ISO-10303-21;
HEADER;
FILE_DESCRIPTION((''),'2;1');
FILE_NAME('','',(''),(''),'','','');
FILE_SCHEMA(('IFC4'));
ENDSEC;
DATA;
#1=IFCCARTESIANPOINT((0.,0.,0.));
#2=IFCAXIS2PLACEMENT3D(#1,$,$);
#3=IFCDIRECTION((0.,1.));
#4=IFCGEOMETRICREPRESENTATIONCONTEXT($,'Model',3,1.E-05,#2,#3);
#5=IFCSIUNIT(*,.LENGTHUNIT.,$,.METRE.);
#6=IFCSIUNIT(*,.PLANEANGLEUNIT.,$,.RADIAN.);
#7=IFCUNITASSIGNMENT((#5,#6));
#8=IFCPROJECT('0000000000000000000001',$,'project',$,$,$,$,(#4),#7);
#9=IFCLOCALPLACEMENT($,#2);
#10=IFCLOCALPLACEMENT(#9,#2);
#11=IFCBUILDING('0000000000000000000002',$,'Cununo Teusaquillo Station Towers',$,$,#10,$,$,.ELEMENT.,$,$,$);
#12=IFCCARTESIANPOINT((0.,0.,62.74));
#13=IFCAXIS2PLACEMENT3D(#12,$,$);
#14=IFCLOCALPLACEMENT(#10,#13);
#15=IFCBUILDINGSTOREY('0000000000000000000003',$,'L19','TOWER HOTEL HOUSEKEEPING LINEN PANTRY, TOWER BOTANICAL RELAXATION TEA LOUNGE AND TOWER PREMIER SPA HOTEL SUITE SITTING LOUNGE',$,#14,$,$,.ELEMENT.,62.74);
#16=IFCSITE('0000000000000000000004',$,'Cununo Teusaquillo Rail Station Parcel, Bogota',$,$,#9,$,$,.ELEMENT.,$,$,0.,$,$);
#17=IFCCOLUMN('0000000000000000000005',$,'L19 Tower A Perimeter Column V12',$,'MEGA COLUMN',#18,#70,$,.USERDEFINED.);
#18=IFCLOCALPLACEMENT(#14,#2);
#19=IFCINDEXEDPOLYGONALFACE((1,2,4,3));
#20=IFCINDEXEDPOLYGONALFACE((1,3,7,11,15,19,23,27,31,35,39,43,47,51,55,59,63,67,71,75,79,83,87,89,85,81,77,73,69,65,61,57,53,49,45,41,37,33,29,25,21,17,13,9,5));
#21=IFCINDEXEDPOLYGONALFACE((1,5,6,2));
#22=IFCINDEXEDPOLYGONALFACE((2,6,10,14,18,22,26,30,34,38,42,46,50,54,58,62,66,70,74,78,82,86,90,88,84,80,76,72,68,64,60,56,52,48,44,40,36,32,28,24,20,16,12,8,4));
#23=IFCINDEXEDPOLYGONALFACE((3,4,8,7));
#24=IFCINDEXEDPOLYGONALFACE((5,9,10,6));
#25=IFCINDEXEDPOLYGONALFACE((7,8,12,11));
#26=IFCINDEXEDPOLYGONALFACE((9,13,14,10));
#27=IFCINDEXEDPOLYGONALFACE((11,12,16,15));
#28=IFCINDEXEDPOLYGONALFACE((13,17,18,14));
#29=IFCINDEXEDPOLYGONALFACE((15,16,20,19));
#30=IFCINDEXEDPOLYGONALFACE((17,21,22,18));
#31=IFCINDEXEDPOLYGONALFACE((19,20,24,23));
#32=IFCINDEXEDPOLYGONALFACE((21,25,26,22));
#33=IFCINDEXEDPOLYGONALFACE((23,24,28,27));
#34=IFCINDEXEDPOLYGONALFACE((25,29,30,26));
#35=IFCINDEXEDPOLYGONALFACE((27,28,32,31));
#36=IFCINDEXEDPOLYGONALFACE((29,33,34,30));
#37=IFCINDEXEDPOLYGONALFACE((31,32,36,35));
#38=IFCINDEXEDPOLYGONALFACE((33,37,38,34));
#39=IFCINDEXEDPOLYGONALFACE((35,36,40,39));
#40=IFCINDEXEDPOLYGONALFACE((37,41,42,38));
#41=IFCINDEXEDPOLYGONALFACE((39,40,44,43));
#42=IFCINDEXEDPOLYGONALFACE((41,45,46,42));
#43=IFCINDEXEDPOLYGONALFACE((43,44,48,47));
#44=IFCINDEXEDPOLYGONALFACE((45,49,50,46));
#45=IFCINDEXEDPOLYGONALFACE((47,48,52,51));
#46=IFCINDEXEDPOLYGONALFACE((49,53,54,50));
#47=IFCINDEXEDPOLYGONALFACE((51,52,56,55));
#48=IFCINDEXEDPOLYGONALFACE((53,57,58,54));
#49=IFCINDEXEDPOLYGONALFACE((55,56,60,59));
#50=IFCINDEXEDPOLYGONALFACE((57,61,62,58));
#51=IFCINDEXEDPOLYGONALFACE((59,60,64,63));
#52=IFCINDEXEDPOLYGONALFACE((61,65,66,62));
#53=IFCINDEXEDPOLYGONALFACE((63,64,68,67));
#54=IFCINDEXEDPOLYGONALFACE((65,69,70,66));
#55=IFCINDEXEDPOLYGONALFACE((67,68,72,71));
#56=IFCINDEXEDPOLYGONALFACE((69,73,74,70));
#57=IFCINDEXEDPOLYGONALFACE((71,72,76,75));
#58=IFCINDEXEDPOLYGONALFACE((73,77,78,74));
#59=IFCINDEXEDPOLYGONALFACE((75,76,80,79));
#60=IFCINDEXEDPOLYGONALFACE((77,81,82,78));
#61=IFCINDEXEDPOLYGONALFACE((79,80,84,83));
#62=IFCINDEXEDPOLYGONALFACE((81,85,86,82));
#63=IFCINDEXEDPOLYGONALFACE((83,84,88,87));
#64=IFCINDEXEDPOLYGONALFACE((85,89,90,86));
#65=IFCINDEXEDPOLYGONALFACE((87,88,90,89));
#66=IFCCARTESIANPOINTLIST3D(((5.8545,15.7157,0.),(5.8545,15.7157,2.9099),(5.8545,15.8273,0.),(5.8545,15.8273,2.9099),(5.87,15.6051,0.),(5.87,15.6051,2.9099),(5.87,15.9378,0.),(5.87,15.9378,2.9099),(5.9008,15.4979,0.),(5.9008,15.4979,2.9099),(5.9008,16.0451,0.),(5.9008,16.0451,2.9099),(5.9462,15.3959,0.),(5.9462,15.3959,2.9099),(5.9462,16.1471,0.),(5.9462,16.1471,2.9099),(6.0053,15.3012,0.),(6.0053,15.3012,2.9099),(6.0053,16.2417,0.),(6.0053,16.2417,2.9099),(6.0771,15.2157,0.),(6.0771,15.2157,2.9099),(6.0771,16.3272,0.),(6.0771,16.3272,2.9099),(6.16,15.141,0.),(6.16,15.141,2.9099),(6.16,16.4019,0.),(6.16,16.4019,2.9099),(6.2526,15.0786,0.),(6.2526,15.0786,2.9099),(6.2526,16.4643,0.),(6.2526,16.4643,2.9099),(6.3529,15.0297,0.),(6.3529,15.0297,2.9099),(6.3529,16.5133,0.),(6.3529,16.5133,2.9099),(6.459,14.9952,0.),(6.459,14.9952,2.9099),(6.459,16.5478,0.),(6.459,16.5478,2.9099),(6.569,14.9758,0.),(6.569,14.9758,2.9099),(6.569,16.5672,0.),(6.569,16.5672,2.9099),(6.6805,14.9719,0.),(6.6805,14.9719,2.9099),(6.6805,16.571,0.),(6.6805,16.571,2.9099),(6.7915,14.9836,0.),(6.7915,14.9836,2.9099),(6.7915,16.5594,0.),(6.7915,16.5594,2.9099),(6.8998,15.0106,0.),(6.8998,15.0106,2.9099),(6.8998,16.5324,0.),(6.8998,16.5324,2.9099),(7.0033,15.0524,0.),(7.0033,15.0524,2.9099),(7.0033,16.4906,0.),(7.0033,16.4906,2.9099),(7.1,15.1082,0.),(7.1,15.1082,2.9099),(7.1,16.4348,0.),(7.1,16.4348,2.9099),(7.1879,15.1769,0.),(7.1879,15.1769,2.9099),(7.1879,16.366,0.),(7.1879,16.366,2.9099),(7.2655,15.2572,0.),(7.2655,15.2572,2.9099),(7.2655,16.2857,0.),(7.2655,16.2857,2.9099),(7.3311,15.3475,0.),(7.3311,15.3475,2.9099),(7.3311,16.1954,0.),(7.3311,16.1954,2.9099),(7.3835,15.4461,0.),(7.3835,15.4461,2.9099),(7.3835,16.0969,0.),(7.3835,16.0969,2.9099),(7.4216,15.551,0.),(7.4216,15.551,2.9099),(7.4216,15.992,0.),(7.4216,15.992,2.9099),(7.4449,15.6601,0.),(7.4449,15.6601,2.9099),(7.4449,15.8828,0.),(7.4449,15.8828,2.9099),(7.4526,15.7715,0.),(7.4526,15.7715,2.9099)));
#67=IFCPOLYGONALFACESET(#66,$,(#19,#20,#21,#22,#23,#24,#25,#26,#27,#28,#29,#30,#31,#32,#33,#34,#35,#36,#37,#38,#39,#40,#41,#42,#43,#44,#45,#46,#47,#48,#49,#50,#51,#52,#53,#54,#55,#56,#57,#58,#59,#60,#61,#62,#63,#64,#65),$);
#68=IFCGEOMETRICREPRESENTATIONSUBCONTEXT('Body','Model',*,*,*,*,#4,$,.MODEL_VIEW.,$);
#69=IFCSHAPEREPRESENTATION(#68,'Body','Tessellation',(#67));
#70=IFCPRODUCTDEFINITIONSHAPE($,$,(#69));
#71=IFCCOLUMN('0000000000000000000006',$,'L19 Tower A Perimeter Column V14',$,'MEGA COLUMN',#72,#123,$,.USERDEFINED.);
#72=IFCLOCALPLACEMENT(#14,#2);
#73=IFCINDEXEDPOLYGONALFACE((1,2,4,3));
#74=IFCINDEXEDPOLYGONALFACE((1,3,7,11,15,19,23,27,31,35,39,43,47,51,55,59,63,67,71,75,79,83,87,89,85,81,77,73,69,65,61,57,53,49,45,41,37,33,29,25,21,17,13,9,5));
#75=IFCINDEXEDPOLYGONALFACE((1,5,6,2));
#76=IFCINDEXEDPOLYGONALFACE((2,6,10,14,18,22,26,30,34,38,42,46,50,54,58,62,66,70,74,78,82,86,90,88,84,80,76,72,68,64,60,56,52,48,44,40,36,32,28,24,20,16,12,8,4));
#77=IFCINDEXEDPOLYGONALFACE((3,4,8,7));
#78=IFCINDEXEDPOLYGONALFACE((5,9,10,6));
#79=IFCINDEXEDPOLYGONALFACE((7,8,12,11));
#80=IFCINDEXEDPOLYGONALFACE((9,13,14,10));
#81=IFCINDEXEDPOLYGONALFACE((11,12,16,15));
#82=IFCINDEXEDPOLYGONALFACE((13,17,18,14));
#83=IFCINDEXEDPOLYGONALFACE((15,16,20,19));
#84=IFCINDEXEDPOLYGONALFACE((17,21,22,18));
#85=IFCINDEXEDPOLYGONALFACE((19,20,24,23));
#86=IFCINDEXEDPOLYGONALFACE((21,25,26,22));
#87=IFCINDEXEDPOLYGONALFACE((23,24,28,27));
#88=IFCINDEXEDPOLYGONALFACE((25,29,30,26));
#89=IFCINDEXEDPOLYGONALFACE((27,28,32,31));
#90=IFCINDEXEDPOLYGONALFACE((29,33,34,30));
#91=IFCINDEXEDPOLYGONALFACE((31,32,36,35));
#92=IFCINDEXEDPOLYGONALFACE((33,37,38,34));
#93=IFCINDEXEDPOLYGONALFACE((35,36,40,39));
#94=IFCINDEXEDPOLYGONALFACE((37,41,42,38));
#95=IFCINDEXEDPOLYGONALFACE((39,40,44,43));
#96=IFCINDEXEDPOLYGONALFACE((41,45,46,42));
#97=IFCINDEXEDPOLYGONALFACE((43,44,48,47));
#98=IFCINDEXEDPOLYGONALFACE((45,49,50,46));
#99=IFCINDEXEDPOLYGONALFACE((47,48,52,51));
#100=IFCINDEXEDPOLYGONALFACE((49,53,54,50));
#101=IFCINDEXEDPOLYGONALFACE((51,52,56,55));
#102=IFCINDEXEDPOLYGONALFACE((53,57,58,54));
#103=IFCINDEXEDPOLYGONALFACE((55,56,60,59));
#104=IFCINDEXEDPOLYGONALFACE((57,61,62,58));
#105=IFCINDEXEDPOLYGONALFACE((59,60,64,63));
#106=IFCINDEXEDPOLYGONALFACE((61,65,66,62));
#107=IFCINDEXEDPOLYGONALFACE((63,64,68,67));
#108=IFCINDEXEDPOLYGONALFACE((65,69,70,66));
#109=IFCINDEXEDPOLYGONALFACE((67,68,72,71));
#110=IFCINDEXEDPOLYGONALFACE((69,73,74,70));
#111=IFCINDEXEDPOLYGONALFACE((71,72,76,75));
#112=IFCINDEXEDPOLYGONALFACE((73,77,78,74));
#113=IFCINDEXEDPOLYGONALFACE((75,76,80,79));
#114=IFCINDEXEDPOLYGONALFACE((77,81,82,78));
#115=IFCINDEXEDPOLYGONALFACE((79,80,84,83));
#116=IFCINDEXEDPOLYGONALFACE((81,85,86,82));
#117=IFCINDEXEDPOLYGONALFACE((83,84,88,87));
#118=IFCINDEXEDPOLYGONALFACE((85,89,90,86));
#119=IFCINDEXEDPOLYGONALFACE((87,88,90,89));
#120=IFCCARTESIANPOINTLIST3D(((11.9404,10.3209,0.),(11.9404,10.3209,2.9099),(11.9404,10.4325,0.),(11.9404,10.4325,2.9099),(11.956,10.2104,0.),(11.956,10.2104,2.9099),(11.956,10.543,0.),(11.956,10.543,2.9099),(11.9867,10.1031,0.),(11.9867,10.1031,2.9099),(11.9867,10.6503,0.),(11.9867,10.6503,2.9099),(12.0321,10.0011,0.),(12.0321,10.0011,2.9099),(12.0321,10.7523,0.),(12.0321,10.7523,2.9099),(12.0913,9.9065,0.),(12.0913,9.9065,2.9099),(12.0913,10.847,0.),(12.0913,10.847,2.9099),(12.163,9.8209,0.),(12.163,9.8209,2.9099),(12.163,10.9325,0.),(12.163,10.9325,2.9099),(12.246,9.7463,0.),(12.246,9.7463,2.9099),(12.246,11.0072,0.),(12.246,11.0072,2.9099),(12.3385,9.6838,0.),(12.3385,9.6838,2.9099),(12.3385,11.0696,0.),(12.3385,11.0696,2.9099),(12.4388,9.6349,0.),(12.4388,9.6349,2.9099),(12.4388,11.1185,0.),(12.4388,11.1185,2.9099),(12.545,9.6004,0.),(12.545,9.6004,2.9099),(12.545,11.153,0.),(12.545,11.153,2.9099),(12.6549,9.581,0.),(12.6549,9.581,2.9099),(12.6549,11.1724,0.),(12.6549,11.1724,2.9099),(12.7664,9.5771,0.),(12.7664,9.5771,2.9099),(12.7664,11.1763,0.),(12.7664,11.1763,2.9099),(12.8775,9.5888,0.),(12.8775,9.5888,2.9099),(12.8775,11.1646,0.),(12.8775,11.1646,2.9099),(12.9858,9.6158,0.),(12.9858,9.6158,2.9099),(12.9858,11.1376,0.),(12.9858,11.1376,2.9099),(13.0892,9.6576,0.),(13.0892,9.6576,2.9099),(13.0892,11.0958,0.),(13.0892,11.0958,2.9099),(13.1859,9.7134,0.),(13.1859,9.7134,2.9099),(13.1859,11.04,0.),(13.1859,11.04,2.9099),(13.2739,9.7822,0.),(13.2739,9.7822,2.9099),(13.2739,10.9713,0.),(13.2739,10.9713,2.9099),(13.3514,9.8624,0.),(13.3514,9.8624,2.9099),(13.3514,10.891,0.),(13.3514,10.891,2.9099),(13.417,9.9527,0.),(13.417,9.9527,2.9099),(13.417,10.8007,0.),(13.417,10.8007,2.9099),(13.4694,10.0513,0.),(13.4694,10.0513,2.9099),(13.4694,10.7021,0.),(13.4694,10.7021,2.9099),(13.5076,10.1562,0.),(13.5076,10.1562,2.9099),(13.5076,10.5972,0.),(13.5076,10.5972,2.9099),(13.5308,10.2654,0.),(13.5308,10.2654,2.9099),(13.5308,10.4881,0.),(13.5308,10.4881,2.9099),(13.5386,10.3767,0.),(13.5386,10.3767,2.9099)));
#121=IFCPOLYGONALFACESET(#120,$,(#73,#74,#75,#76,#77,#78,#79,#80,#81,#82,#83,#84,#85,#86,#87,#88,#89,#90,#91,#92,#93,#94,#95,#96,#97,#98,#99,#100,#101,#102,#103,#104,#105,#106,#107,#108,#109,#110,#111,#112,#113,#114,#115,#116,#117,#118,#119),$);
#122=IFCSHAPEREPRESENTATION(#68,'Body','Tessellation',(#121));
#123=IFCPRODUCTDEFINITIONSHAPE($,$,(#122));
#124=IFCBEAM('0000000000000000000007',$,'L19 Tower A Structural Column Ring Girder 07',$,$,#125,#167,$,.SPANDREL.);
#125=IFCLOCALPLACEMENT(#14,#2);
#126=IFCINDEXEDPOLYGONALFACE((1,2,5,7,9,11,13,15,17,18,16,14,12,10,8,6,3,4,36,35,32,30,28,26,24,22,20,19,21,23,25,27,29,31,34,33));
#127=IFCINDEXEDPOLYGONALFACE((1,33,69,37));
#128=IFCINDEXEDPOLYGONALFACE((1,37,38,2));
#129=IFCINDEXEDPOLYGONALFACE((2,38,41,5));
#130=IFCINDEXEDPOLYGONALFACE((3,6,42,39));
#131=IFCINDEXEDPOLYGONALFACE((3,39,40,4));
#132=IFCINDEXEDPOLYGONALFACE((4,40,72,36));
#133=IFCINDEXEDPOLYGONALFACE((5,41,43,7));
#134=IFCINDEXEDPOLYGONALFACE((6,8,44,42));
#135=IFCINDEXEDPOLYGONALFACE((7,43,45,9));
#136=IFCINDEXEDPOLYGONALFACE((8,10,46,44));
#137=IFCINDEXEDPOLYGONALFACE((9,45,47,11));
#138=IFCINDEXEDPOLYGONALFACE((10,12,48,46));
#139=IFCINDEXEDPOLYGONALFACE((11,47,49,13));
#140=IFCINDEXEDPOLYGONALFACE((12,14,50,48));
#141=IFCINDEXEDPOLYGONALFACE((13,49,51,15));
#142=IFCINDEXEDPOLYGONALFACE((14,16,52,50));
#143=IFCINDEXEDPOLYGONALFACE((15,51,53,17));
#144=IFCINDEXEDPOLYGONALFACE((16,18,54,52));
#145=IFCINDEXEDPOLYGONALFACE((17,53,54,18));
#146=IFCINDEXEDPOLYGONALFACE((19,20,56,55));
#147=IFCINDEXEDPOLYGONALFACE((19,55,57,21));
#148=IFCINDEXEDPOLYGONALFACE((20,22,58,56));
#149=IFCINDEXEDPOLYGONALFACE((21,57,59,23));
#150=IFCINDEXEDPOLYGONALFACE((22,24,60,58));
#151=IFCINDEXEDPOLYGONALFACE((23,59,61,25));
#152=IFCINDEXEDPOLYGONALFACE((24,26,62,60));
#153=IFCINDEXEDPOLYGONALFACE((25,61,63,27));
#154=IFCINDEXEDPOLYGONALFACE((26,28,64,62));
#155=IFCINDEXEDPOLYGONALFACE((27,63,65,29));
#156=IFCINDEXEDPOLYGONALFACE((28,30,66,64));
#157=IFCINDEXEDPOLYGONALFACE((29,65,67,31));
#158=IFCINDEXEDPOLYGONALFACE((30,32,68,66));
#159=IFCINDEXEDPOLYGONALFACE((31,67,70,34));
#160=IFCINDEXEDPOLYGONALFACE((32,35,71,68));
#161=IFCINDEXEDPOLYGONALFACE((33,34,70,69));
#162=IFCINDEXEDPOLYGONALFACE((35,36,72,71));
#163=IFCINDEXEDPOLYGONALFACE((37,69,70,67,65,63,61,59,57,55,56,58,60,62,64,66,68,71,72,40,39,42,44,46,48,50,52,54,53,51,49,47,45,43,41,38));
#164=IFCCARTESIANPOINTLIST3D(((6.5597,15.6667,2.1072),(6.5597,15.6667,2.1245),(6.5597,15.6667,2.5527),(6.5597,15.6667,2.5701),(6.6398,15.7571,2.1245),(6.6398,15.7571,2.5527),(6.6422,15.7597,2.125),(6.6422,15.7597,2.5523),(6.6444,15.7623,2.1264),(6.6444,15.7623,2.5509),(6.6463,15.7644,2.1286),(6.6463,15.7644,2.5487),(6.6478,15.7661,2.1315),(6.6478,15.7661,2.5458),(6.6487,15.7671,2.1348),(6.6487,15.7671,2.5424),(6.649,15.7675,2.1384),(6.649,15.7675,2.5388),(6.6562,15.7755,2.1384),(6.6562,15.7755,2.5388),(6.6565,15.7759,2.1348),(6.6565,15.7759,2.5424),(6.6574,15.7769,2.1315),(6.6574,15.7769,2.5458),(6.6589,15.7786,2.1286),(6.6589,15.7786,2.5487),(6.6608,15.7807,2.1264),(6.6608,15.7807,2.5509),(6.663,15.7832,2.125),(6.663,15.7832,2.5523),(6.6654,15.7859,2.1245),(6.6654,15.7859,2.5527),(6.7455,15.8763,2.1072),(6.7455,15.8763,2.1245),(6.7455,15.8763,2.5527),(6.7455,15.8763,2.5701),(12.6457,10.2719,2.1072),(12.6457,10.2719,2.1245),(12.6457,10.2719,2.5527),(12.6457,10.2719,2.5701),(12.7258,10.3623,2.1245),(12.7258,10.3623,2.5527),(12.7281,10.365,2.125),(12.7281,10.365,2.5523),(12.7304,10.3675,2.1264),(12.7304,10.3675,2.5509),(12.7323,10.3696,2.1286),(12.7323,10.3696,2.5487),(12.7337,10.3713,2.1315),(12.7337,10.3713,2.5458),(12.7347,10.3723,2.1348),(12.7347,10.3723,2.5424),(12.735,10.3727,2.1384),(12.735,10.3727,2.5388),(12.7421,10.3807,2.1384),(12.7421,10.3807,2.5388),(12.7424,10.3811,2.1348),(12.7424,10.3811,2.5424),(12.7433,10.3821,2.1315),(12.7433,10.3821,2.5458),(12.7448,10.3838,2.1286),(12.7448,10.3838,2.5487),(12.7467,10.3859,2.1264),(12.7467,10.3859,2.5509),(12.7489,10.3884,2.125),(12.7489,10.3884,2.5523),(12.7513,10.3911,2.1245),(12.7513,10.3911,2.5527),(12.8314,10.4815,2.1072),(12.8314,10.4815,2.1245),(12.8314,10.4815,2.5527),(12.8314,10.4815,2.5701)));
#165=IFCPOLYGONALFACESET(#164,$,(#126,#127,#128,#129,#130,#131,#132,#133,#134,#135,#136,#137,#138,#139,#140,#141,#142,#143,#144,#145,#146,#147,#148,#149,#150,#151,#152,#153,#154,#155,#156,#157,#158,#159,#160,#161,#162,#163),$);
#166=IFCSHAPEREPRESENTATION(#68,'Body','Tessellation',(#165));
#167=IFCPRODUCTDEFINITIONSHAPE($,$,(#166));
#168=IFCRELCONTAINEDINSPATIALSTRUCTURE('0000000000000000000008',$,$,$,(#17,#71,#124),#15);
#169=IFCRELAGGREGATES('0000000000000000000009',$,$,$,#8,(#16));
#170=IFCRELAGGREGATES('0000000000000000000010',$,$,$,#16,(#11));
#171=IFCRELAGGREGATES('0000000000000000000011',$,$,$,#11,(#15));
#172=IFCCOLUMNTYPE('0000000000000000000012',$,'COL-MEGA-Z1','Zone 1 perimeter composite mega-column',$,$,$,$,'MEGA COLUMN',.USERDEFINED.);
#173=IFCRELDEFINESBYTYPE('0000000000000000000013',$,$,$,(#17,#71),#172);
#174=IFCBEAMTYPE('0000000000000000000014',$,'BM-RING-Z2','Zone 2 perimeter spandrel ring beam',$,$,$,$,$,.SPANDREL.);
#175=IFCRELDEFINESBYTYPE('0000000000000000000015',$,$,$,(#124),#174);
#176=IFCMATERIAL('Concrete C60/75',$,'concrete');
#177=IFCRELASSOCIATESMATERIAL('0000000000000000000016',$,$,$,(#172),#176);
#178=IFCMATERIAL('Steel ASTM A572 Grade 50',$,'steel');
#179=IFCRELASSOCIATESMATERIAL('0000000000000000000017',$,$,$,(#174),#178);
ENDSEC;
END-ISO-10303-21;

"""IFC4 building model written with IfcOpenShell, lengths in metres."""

from ifc_helpers import new_model, si_unit, direction, frame, origin, origin_2d, place, context, subcontext, project, spatial, circle, i_section, extrude, material, material_profile, profile_set, type_object, element, save


model = new_model("IFC4")

# Units and contexts
model_context = context("Model", 3, precision=1e-05, world=origin(), true_north=direction((0.0, 1.0)))
body_context = subcontext(model_context, "Body", "Model", "MODEL_VIEW")
ifc_project = project(units=[si_unit("LENGTHUNIT", "METRE"), si_unit("PLANEANGLEUNIT", "RADIAN")], contexts=[model_context])

# Site, building, storey
site_placement = place(None, origin())
site = spatial("IfcSite", under=ifc_project, at=site_placement, Name="Cununo Teusaquillo Rail Station Parcel, Bogota", CompositionType="ELEMENT", RefElevation=0.0)
building_placement = place(site_placement, origin())
building = spatial("IfcBuilding", under=site, at=building_placement, Name="Cununo Teusaquillo Station Towers", CompositionType="ELEMENT")
storey_placement = place(building_placement, frame((0.0, 0.0, 62.74)))
storey = spatial("IfcBuildingStorey", under=building, at=storey_placement, Name="L19", Description="TOWER HOTEL HOUSEKEEPING LINEN PANTRY, TOWER BOTANICAL RELAXATION TEA LOUNGE AND TOWER PREMIER SPA HOTEL SUITE SITTING LOUNGE", CompositionType="ELEMENT", Elevation=62.74)

# Columns
ifc_material_1 = material(Name="Concrete C60/75", Category="concrete")
ifc_material_profile_1 = material_profile(ifc_material_1, circle(Radius=0.8, at=origin_2d()), Name="RC-CIRC-1600")
ifc_profile_set_1 = profile_set([ifc_material_profile_1], Name="Concrete C60/75")
column_type = type_object("IfcColumnType", Name="COL-MEGA-Z1", Description="Zone 1 perimeter composite mega-column", ElementType="MEGA COLUMN", PredefinedType="USERDEFINED", material=ifc_profile_set_1)
for number, where, z_axis, x_axis, name in (
    (1, (6.6526, 15.7715, 0.0), (0.0, 0.0, 1.0), (1.0, 0.0, 0.0), "L19 Tower A Perimeter Column V12"),
    (2, (12.7385, 10.3767, 0.0), (0.0, 0.0, 1.0), (1.0, 0.0, 0.0), "L19 Tower A Perimeter Column V14"),
):
    element("IfcColumn", number, at=place(storey_placement, frame(where, z_axis=z_axis, x_axis=x_axis)), inside=storey, type_object=column_type, Name=name, ObjectType="MEGA COLUMN", PredefinedType="USERDEFINED", context=body_context, shape_type="SweptSolid", body=[
        extrude(circle(Radius=0.8, at=origin_2d()), origin(), (0.0, 0.0, 1.0), 2.9099),
    ])

# Beam
ifc_material_2 = material(Name="Steel ASTM A572 Grade 50", Category="steel")
ifc_material_profile_2 = material_profile(ifc_material_2, i_section(OverallWidth=0.28, OverallDepth=0.4629, WebThickness=0.0107, FlangeThickness=0.0173, FilletRadius=0.0139, at=origin_2d()), Name="W18X76")
ifc_profile_set_2 = profile_set([ifc_material_profile_2], Name="Steel ASTM A572 Grade 50")
beam_type = type_object("IfcBeamType", Name="BM-RING-Z2", Description="Zone 2 perimeter spandrel ring beam", PredefinedType="SPANDREL", material=ifc_profile_set_2)
beam_1_placement = place(storey_placement, frame((6.6526, 15.7715, 2.3386), z_axis=(0.748321, -0.663337, 0.0), x_axis=(0.663337, 0.748321, 0.0)))
element("IfcBeam", 3, at=beam_1_placement, inside=storey, type_object=beam_type, Name="L19 Tower A Structural Column Ring Girder 07", PredefinedType="SPANDREL", context=body_context, shape_type="SweptSolid", body=[
    extrude(i_section(OverallWidth=0.28, OverallDepth=0.4629, WebThickness=0.0107, FlangeThickness=0.0173, FilletRadius=0.0139, at=origin_2d()), origin(), (0.0, 0.0, 1.0), 8.1328),
])

save(model, "model.ifc")
